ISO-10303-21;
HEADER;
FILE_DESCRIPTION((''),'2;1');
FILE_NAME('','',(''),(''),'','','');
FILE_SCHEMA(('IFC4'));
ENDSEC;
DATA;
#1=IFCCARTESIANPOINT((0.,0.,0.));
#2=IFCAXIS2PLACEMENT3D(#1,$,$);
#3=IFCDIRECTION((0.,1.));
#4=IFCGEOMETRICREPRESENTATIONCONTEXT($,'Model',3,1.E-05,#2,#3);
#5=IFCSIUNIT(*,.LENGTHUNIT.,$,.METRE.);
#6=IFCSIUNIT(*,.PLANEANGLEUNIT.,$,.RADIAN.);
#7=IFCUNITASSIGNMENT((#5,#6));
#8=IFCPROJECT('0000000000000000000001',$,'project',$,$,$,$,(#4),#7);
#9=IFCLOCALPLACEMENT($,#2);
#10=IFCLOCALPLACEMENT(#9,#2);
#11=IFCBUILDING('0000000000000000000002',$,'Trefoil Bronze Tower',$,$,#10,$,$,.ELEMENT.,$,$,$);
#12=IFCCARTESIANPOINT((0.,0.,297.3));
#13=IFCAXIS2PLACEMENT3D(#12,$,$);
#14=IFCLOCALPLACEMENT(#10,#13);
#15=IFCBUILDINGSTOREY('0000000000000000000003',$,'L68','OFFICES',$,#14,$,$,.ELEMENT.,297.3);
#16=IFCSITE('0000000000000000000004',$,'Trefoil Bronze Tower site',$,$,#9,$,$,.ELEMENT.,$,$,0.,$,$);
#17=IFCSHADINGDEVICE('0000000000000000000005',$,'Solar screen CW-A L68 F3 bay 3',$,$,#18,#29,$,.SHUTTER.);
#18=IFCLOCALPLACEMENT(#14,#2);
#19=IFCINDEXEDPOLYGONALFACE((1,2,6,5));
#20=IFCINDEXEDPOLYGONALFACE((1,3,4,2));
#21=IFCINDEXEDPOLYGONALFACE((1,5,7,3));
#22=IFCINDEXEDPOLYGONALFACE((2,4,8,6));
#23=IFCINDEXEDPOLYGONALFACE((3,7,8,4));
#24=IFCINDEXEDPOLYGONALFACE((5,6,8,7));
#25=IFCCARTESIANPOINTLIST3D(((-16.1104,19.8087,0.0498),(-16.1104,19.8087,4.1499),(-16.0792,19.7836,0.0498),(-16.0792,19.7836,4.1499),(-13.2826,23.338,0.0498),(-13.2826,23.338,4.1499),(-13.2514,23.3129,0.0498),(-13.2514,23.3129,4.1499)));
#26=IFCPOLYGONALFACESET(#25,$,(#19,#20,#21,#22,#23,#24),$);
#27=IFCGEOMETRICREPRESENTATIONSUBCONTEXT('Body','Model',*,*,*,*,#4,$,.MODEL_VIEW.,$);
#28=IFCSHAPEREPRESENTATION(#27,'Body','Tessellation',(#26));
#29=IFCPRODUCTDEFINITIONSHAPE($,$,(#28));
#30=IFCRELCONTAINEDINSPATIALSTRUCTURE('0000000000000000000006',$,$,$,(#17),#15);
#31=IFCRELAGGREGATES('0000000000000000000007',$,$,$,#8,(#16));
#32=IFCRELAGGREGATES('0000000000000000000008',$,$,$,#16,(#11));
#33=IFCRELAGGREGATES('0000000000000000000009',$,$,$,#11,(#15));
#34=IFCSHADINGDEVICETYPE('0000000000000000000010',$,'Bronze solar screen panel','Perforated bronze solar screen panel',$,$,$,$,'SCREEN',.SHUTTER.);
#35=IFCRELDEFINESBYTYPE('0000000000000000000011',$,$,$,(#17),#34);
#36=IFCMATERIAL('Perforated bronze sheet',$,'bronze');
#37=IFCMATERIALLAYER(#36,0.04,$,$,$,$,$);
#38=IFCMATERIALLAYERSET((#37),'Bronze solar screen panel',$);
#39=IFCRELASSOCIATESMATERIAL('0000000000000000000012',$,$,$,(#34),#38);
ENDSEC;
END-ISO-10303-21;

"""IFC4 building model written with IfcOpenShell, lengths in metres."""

from ifc_helpers import new_model, si_unit, direction, frame, origin, origin_2d, place, context, subcontext, project, spatial, rectangle, extrude, material, layer, layer_set, type_object, element, save


model = new_model("IFC4")

# Units and contexts
model_context = context("Model", 3, precision=1e-05, world=origin(), true_north=direction((0.0, 1.0)))
body_context = subcontext(model_context, "Body", "Model", "MODEL_VIEW")
ifc_project = project(units=[si_unit("LENGTHUNIT", "METRE"), si_unit("PLANEANGLEUNIT", "RADIAN")], contexts=[model_context])

# Site, building, storey
site_placement = place(None, origin())
site = spatial("IfcSite", under=ifc_project, at=site_placement, Name="Trefoil Bronze Tower site", CompositionType="ELEMENT", RefElevation=0.0)
building_placement = place(site_placement, origin())
building = spatial("IfcBuilding", under=site, at=building_placement, Name="Trefoil Bronze Tower", CompositionType="ELEMENT")
storey_placement = place(building_placement, frame((0.0, 0.0, 297.3)))
storey = spatial("IfcBuildingStorey", under=building, at=storey_placement, Name="L68", Description="OFFICES", CompositionType="ELEMENT", Elevation=297.3)

# Shading device
ifc_material_1 = material(Name="Perforated bronze sheet", Category="bronze")
ifc_layer_1 = layer(ifc_material_1, 0.04)
ifc_layer_set_1 = layer_set([ifc_layer_1], Name="Bronze solar screen panel")
shading_device_type = type_object("IfcShadingDeviceType", Name="Bronze solar screen panel", Description="Perforated bronze solar screen panel", ElementType="SCREEN", PredefinedType="SHUTTER", material=ifc_layer_set_1)
shading_device_1_placement = place(storey_placement, frame((-14.6809, 21.5608, 0.0498), z_axis=(0.0, 0.0, 1.0), x_axis=(-0.625287, -0.780395, 0.0)))
element("IfcShadingDevice", 1, at=shading_device_1_placement, inside=storey, type_object=shading_device_type, Name="Solar screen CW-A L68 F3 bay 3", PredefinedType="SHUTTER", context=body_context, shape_type="SweptSolid", body=[
    extrude(rectangle(XDim=4.5225, YDim=0.04, at=origin_2d()), origin(), (0.0, 0.0, 1.0), 4.1001),
])

save(model, "model.ifc")
